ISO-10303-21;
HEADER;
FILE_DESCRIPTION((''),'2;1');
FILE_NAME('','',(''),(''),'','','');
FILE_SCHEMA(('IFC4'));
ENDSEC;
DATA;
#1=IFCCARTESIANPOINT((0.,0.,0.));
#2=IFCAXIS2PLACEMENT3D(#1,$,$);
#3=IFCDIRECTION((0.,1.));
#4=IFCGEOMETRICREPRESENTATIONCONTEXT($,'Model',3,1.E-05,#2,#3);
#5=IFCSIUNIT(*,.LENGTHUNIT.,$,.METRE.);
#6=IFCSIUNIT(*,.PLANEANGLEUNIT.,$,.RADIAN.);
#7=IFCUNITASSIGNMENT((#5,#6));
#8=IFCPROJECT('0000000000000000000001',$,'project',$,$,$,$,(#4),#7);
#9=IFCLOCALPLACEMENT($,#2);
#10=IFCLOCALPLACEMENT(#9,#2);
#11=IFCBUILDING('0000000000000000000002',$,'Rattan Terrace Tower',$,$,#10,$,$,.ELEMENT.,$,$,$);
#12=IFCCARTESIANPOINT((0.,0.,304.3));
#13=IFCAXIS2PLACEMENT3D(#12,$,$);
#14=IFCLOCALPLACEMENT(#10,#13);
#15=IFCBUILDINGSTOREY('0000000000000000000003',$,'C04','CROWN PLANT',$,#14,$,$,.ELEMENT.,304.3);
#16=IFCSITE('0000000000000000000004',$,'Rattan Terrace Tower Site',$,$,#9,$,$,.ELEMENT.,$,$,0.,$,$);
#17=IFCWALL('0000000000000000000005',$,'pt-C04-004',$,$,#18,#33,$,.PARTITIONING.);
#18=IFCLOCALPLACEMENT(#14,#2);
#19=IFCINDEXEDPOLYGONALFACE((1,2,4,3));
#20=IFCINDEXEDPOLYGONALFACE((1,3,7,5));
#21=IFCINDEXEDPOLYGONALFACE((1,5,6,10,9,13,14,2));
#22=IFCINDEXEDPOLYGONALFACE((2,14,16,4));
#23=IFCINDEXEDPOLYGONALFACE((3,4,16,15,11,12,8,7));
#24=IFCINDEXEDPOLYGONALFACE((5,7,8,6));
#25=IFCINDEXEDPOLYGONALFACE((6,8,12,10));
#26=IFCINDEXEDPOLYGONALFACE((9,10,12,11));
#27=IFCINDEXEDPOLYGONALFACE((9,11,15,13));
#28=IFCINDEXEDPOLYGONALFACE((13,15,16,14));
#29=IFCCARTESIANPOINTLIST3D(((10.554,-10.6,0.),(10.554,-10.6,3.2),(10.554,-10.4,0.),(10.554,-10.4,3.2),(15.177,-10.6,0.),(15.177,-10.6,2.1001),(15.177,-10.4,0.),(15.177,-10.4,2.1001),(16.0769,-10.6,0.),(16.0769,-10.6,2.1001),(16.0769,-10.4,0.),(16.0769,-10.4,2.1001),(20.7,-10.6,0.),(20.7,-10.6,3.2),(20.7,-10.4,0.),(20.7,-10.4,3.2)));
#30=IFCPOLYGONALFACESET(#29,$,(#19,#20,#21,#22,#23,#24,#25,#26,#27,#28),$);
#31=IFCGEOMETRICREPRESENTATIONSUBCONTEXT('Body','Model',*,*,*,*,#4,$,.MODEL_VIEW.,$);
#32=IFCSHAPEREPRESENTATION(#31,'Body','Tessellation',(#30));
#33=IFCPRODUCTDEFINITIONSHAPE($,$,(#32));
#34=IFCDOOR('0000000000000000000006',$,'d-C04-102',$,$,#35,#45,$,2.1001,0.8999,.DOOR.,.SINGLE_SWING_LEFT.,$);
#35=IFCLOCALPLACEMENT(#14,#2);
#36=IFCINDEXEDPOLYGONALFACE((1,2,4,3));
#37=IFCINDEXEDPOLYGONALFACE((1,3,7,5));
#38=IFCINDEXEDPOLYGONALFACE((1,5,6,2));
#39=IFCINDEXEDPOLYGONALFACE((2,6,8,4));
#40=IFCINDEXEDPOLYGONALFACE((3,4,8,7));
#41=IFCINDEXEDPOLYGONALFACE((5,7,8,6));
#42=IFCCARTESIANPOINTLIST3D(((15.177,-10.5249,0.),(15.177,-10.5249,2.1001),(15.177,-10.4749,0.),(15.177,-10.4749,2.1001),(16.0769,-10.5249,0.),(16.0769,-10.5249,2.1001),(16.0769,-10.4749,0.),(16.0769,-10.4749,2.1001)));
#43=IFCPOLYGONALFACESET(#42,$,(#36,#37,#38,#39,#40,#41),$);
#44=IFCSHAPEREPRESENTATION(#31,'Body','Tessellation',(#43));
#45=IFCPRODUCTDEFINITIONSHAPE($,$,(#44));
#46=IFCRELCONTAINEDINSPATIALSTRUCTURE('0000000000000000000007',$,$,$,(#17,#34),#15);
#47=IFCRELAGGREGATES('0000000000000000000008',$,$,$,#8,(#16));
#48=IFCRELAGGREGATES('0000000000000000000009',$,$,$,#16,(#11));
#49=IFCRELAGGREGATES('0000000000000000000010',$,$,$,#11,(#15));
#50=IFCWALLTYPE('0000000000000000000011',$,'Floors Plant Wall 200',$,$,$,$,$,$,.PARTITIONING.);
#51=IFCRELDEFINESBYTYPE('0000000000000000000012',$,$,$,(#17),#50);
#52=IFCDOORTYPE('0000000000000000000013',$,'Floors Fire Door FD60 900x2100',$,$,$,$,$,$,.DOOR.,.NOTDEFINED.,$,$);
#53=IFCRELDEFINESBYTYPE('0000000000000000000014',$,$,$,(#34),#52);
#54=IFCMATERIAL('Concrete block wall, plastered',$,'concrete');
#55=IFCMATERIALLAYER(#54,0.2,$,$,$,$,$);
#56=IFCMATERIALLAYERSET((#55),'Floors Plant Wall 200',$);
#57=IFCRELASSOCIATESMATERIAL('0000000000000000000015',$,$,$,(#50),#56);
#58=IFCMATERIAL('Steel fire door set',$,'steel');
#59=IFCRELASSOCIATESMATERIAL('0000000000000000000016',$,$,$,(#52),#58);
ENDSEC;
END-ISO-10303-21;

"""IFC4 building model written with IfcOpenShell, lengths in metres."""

from ifc_helpers import new_model, si_unit, direction, frame, frame_2d, origin, place, context, subcontext, project, spatial, rectangle, extrude, material, layer, layer_set, type_object, element, fill, save


model = new_model("IFC4")

# Units and contexts
model_context = context("Model", 3, precision=1e-05, world=origin(), true_north=direction((0.0, 1.0)))
body_context = subcontext(model_context, "Body", "Model", "MODEL_VIEW")
ifc_project = project(units=[si_unit("LENGTHUNIT", "METRE"), si_unit("PLANEANGLEUNIT", "RADIAN")], contexts=[model_context])

# Site, building, storey
site_placement = place(None, origin())
site = spatial("IfcSite", under=ifc_project, at=site_placement, Name="Rattan Terrace Tower Site", CompositionType="ELEMENT", RefElevation=0.0)
building_placement = place(site_placement, origin())
building = spatial("IfcBuilding", under=site, at=building_placement, Name="Rattan Terrace Tower", CompositionType="ELEMENT")
storey_placement = place(building_placement, frame((0.0, 0.0, 304.3)))
storey = spatial("IfcBuildingStorey", under=building, at=storey_placement, Name="C04", Description="CROWN PLANT", CompositionType="ELEMENT", Elevation=304.3)

# Shared definitions
ifc_material_1 = material(Name="Concrete block wall, plastered", Category="concrete")
ifc_layer_1 = layer(ifc_material_1, 0.2)
ifc_layer_set_1 = layer_set([ifc_layer_1], Name="Floors Plant Wall 200")
wall_type = type_object("IfcWallType", Name="Floors Plant Wall 200", PredefinedType="PARTITIONING", material=ifc_layer_set_1)

# Wall, opening, door
wall_1_placement = place(storey_placement, frame((20.7, -10.5, 0.0), z_axis=(0.0, 0.0, 1.0), x_axis=(-1.0, 0.0, 0.0)))
wall_1 = element("IfcWall", 1, at=wall_1_placement, inside=storey, type_object=wall_type, Name="pt-C04-004", PredefinedType="PARTITIONING", context=body_context, shape_type="SweptSolid", body=[
    extrude(rectangle(XDim=10.146, YDim=0.2, at=frame_2d((5.073, 0.0))), origin(), (0.0, 0.0, 1.0), 3.2),
])
opening_placement = place(wall_1_placement, frame((4.623, 0.0, 0.0)))
opening = element("IfcOpeningElement", 2, at=opening_placement, cuts=wall_1, PredefinedType="OPENING", context=body_context, shape_type="SweptSolid", body=[
    extrude(rectangle(XDim=0.8999, YDim=2.1001, at=frame_2d((0.45, 1.05))), frame((0.0, 0.1106, 0.0), z_axis=(0.0, -1.0, 0.0), x_axis=(1.0, 0.0, 0.0)), (0.0, 0.0, 1.0), 0.2209),
])
ifc_material_2 = material(Name="Steel fire door set", Category="steel")
door_type = type_object("IfcDoorType", Name="Floors Fire Door FD60 900x2100", OperationType="NOTDEFINED", PredefinedType="DOOR", material=ifc_material_2)
door_placement = place(opening_placement, origin())
door = element("IfcDoor", 3, at=door_placement, inside=storey, type_object=door_type, Name="d-C04-102", OperationType="SINGLE_SWING_LEFT", OverallHeight=2.1001, OverallWidth=0.8999, PredefinedType="DOOR", context=body_context, shape_type="SweptSolid", body=[
    extrude(rectangle(XDim=0.8999, YDim=2.1001, at=frame_2d((0.45, 1.05))), frame((0.0, 0.0249, 0.0), z_axis=(0.0, -1.0, 0.0), x_axis=(1.0, 0.0, 0.0)), (0.0, 0.0, 1.0), 0.05),
])
fill(opening, door)

save(model, "model.ifc")
